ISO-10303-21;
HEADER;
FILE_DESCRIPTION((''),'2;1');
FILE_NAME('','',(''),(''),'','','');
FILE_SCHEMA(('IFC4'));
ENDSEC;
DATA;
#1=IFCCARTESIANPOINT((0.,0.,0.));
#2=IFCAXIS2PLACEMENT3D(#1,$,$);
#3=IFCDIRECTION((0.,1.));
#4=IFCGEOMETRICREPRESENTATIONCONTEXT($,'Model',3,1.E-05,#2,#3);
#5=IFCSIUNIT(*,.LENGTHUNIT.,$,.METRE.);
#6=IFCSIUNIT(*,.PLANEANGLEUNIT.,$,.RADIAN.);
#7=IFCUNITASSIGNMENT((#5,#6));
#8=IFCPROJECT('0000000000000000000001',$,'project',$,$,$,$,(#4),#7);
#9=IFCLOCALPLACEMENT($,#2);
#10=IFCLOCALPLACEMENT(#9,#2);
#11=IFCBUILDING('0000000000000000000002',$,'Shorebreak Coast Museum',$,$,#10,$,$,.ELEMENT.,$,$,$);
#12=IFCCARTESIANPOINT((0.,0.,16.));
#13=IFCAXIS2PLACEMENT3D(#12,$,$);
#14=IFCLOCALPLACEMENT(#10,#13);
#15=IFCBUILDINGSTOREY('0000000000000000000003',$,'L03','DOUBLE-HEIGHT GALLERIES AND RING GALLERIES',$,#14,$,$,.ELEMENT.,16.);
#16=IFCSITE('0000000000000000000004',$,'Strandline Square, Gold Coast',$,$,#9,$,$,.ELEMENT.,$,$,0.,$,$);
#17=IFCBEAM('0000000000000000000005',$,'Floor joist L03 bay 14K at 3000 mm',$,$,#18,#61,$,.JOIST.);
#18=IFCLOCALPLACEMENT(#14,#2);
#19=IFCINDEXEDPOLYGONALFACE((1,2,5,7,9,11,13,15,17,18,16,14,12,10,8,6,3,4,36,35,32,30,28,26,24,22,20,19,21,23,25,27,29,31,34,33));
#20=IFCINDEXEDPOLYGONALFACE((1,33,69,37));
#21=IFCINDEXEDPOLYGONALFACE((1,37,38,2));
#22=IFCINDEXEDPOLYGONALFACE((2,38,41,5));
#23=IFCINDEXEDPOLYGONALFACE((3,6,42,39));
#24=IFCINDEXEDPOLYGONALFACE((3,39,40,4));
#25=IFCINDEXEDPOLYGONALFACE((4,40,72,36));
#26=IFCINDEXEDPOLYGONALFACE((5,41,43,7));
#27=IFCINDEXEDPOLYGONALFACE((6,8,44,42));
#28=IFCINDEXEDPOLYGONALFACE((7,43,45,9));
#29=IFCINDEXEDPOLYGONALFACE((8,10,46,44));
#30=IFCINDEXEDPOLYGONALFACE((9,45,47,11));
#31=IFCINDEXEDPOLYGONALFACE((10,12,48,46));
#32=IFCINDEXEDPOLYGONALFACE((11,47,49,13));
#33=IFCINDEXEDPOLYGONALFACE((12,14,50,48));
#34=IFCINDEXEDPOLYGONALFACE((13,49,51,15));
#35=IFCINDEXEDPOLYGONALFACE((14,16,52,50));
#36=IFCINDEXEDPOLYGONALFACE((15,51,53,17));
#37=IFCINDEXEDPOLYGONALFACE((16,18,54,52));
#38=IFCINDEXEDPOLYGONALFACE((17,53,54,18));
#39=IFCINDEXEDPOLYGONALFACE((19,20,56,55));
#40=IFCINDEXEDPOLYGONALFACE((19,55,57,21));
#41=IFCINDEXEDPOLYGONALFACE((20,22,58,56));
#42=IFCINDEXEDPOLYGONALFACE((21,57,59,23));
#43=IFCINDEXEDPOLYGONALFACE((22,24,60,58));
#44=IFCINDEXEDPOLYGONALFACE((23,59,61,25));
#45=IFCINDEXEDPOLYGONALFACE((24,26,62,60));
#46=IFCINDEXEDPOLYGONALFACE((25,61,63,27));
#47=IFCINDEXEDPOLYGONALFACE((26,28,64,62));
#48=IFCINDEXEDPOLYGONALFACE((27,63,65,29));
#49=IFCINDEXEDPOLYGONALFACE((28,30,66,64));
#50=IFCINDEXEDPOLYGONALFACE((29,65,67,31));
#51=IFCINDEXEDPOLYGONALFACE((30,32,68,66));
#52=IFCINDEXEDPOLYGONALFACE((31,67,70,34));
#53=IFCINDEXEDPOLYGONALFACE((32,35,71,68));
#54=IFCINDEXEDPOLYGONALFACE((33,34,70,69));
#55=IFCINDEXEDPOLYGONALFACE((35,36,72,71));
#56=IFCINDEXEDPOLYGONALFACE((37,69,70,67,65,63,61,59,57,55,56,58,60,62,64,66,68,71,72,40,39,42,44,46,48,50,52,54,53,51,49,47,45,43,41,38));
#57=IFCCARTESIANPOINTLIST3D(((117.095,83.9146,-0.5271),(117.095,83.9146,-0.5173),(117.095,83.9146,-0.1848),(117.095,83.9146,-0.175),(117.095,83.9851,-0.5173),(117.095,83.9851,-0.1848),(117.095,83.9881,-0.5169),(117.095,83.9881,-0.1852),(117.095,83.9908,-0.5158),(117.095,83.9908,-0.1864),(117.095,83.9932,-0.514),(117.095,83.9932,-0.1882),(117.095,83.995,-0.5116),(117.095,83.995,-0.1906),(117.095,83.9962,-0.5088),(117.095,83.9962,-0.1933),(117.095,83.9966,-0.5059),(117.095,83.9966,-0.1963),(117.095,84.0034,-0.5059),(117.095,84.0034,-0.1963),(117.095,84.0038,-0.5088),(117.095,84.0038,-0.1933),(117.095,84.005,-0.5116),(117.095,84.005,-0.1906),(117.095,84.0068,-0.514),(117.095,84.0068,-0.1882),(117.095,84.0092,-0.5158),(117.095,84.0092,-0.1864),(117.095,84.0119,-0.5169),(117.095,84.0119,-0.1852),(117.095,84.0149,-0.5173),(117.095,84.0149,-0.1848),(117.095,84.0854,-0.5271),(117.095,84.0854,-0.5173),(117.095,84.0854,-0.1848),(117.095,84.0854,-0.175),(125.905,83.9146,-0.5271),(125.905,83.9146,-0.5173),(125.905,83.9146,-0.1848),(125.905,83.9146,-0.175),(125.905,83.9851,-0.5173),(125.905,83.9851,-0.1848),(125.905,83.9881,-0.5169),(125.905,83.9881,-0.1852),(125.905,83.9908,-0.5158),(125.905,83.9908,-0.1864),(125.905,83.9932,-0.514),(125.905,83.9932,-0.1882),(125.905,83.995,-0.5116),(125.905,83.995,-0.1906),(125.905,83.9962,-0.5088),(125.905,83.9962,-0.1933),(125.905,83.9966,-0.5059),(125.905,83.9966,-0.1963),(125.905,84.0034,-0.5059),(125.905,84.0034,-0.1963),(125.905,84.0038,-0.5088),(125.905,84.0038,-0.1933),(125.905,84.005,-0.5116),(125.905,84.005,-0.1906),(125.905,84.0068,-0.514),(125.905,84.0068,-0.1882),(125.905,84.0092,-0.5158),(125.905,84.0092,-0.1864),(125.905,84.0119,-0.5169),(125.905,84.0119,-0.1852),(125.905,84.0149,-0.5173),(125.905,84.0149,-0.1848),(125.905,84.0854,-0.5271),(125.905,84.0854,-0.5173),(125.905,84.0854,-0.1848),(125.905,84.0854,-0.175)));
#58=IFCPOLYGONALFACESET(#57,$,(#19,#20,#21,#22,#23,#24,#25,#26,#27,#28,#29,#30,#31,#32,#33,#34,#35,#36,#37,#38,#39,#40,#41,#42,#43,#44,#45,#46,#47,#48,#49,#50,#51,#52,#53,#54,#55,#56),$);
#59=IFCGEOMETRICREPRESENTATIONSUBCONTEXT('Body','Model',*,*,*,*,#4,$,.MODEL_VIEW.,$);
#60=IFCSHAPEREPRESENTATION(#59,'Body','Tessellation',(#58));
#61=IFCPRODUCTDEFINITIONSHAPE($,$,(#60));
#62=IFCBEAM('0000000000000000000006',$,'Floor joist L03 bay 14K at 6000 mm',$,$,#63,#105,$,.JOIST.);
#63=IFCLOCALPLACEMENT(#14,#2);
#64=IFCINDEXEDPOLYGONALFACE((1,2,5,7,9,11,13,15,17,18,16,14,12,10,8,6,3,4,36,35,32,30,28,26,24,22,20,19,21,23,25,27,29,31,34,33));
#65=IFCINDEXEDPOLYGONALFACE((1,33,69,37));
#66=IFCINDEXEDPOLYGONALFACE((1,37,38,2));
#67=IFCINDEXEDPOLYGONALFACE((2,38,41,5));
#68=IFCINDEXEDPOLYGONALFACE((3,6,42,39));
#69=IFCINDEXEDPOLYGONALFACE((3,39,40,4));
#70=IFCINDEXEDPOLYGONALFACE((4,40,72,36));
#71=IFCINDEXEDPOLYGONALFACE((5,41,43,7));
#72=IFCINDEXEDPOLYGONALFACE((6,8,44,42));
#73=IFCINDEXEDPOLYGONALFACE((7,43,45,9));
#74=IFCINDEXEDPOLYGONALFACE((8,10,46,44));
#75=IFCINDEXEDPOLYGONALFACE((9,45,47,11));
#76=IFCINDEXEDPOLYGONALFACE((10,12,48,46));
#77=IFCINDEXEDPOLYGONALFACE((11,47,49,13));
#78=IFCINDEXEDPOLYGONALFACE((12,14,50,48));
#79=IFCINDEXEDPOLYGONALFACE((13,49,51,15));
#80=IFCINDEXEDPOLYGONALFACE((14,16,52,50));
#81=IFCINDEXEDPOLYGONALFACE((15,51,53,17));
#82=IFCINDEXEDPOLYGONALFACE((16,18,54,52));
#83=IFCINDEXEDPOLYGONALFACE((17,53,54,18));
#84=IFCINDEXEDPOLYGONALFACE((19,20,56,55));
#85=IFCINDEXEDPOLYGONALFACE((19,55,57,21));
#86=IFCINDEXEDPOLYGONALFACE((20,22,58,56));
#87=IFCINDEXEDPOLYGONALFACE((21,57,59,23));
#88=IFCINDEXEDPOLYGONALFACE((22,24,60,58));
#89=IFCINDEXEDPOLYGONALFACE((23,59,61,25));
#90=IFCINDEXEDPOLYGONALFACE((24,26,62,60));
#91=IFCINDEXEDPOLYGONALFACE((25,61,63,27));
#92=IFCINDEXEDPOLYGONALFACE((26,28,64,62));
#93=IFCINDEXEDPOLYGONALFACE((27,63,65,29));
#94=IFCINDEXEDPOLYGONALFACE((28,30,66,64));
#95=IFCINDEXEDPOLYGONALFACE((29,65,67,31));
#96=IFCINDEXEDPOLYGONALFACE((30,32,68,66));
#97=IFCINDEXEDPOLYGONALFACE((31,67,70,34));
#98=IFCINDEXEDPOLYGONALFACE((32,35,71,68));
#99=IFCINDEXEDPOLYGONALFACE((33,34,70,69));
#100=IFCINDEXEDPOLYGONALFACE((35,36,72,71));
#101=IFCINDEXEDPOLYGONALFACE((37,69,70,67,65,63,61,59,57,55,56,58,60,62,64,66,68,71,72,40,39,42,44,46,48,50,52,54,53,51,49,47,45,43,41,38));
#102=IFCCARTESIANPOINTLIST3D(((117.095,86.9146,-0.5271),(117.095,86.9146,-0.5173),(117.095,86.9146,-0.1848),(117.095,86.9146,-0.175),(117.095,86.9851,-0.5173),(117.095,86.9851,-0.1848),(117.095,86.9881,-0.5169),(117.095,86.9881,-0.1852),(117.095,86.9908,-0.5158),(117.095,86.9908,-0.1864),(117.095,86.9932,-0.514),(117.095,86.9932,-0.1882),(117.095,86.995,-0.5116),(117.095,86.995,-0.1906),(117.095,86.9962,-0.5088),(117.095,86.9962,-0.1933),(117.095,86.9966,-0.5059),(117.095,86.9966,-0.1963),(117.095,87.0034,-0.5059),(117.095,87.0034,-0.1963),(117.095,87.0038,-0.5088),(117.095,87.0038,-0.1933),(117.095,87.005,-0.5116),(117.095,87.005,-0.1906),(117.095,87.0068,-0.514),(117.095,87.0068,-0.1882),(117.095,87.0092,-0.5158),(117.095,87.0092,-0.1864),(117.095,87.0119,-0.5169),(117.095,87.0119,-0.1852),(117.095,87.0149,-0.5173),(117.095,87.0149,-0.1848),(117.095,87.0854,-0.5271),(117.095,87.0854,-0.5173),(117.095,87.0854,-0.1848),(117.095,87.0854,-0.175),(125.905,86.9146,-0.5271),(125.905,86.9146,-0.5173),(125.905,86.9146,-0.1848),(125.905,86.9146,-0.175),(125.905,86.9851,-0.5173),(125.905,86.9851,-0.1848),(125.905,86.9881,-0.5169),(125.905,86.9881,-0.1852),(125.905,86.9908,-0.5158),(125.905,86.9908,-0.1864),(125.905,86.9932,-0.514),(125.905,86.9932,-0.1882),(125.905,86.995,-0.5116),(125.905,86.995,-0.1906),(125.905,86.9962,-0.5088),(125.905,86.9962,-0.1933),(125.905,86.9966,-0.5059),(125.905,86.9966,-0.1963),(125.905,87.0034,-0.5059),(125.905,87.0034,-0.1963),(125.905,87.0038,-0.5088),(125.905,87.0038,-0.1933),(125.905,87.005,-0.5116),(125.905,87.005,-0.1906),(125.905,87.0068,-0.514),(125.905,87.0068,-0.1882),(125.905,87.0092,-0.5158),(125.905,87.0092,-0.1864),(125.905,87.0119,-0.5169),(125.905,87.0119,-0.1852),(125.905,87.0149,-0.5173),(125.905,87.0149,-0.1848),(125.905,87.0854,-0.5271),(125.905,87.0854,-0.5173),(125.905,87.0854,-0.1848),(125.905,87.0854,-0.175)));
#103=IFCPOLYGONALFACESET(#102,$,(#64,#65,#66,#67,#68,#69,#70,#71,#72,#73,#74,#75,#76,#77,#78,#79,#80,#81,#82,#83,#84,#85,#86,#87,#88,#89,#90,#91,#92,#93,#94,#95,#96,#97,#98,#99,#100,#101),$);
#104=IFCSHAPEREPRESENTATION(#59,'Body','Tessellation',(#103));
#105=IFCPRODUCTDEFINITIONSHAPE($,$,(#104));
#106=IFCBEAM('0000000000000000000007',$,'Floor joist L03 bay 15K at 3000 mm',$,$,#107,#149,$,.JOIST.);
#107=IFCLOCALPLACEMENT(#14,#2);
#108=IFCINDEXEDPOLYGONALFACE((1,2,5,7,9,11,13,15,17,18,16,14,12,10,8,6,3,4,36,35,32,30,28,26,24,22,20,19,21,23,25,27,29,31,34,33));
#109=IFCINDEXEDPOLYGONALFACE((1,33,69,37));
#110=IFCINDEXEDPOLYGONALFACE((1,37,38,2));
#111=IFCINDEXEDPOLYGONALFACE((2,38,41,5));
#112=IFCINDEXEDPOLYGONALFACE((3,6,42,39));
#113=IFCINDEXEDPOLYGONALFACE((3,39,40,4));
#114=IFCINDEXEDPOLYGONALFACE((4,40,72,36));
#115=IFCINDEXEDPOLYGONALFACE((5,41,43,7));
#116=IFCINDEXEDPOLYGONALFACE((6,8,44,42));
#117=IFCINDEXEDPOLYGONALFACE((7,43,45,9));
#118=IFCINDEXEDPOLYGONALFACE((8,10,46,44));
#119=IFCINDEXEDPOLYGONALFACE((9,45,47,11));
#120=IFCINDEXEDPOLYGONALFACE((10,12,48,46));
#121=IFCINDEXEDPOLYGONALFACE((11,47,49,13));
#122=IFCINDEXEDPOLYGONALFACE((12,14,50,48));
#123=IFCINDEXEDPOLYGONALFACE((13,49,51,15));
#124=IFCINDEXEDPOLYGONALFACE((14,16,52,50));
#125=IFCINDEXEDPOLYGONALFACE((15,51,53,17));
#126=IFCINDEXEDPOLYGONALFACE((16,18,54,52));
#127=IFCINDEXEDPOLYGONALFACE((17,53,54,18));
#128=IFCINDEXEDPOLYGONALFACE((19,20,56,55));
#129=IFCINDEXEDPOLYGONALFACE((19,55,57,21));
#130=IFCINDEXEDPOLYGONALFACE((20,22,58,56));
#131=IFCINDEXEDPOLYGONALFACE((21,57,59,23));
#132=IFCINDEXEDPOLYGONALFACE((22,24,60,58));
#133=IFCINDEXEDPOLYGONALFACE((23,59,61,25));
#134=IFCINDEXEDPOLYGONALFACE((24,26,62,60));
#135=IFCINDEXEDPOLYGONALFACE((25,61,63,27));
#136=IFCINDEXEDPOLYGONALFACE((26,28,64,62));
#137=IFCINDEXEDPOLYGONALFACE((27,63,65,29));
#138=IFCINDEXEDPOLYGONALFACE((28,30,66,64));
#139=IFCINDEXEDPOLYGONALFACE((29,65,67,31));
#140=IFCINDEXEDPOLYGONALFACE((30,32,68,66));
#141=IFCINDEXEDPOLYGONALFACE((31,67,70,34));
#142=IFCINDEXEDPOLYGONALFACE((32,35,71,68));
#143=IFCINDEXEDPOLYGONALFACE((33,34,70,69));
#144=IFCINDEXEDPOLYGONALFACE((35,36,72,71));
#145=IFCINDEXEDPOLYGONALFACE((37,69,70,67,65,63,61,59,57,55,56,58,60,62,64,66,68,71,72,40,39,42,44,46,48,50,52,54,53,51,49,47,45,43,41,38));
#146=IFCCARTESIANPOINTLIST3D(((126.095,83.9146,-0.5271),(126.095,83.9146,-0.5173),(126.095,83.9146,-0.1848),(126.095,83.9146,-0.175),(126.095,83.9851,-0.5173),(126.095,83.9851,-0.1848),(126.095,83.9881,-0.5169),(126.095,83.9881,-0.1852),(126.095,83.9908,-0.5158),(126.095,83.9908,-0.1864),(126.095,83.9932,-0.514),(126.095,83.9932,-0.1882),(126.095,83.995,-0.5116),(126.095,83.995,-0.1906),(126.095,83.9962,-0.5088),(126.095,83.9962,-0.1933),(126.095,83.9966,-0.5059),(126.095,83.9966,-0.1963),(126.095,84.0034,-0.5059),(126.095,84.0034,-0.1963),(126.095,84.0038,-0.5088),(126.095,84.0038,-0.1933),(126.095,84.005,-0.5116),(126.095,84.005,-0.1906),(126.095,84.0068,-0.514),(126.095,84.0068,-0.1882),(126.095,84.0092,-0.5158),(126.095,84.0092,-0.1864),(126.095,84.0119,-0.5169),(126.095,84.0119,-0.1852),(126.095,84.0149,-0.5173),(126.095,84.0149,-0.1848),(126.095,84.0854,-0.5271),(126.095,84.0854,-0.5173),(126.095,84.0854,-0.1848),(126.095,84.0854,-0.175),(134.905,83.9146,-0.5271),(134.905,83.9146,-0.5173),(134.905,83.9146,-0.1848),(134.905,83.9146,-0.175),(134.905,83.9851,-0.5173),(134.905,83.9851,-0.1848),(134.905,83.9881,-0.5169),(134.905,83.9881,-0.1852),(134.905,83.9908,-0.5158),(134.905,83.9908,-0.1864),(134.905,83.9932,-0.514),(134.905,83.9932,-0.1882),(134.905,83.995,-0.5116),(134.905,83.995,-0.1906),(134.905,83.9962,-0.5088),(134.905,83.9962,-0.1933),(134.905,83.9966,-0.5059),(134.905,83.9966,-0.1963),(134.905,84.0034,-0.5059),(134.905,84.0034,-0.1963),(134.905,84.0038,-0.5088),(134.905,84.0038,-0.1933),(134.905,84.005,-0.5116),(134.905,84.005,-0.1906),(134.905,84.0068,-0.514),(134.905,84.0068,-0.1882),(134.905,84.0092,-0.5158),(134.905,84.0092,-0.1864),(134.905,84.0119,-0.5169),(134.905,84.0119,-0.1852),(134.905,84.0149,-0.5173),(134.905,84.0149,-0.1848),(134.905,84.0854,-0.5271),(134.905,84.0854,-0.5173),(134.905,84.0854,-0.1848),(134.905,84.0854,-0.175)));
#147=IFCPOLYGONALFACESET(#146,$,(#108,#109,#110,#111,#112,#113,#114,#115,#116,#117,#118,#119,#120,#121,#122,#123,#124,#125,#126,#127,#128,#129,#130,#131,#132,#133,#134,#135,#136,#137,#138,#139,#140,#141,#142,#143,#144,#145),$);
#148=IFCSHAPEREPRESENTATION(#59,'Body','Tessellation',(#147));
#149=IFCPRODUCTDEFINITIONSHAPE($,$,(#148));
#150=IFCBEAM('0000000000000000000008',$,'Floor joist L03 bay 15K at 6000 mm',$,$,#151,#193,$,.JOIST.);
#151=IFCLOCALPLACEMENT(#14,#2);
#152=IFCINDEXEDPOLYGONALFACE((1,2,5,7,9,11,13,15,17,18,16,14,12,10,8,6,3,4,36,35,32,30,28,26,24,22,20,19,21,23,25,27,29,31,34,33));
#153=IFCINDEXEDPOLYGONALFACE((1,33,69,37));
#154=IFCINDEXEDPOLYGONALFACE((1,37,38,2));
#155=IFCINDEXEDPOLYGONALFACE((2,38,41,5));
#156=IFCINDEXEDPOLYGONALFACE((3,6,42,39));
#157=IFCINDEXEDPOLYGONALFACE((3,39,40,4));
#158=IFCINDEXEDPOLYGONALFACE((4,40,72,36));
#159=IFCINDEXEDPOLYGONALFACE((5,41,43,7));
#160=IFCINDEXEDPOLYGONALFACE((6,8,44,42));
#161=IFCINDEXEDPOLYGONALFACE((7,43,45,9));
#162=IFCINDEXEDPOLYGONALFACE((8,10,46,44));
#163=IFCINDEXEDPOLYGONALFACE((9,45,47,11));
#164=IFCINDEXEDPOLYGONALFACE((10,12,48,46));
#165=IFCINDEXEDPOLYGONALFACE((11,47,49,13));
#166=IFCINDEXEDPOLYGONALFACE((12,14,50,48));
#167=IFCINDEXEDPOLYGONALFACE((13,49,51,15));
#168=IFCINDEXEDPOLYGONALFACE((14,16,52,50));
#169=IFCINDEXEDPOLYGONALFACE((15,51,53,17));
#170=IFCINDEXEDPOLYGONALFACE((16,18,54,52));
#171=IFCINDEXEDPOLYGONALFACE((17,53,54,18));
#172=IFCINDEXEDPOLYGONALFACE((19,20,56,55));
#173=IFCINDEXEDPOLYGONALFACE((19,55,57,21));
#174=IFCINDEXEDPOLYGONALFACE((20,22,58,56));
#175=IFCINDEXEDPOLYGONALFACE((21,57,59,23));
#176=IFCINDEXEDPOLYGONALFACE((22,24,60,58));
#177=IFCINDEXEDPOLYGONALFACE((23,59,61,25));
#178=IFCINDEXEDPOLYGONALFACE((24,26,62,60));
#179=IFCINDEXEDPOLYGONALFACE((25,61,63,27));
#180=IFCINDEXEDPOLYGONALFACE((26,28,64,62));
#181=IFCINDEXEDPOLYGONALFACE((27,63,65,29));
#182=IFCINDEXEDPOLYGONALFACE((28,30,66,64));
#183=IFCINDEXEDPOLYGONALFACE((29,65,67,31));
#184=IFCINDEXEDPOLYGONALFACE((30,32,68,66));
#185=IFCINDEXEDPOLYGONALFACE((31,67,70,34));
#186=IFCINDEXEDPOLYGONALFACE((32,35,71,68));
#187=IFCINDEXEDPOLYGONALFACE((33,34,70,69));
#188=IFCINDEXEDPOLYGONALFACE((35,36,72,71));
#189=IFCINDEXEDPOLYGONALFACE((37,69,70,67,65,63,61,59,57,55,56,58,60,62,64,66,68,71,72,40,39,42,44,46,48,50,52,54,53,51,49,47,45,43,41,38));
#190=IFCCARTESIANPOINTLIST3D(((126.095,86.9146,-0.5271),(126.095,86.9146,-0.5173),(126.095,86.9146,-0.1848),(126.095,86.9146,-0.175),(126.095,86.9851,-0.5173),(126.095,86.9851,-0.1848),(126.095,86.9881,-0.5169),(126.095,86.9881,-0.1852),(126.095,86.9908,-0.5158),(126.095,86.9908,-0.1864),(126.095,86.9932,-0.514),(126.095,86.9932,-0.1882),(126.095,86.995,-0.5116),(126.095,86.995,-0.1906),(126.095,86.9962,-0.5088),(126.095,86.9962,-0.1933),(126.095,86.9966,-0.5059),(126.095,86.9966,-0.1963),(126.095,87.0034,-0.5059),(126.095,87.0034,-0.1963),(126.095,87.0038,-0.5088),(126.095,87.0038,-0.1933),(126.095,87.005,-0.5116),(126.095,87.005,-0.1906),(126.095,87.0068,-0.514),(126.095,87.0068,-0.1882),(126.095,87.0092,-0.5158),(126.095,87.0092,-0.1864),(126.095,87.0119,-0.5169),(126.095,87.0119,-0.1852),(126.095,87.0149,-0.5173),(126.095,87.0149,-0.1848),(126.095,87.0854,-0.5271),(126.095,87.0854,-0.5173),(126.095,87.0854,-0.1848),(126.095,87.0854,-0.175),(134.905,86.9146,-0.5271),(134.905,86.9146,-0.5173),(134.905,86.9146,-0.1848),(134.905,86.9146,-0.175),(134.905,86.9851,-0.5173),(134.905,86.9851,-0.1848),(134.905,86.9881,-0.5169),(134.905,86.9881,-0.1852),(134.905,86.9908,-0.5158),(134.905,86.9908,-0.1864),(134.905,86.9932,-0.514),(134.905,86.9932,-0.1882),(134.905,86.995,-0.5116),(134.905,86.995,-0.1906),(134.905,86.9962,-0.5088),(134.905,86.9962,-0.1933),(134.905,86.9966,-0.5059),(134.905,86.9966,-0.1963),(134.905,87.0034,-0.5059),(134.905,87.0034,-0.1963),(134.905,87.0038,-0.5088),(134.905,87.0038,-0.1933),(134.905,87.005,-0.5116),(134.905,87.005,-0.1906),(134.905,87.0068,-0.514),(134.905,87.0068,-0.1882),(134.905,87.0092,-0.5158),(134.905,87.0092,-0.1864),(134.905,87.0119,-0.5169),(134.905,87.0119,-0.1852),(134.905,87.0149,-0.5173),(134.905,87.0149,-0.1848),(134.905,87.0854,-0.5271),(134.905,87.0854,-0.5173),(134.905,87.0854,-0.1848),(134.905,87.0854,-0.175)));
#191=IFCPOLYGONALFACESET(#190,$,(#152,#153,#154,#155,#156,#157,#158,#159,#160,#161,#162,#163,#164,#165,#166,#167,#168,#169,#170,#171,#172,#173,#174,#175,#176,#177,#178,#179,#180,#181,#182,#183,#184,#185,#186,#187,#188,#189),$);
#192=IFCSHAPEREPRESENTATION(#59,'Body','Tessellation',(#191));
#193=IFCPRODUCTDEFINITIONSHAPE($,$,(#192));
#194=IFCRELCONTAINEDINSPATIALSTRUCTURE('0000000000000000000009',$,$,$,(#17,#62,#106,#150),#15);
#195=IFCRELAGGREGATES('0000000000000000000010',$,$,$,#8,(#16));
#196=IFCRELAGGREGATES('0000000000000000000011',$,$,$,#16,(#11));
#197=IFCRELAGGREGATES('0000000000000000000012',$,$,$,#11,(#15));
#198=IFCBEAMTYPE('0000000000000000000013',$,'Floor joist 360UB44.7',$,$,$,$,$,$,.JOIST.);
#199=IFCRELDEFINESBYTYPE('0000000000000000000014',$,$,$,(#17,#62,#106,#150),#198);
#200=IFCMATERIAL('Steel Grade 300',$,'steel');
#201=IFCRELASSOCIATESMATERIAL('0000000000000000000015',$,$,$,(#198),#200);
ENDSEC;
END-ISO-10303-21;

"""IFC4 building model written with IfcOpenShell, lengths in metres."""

from ifc_helpers import new_model, si_unit, direction, frame, origin, origin_2d, place, context, subcontext, project, spatial, i_section, extrude, material, material_profile, profile_set, type_object, element, save


model = new_model("IFC4")

# Units and contexts
model_context = context("Model", 3, precision=1e-05, world=origin(), true_north=direction((0.0, 1.0)))
body_context = subcontext(model_context, "Body", "Model", "MODEL_VIEW")
ifc_project = project(units=[si_unit("LENGTHUNIT", "METRE"), si_unit("PLANEANGLEUNIT", "RADIAN")], contexts=[model_context])

# Site, building, storey
site_placement = place(None, origin())
site = spatial("IfcSite", under=ifc_project, at=site_placement, Name="Strandline Square, Gold Coast", CompositionType="ELEMENT", RefElevation=0.0)
building_placement = place(site_placement, origin())
building = spatial("IfcBuilding", under=site, at=building_placement, Name="Shorebreak Coast Museum", CompositionType="ELEMENT")
storey_placement = place(building_placement, frame((0.0, 0.0, 16.0)))
storey = spatial("IfcBuildingStorey", under=building, at=storey_placement, Name="L03", Description="DOUBLE-HEIGHT GALLERIES AND RING GALLERIES", CompositionType="ELEMENT", Elevation=16.0)

# Beams
ifc_material_1 = material(Name="Steel Grade 300", Category="steel")
ifc_material_profile_1 = material_profile(ifc_material_1, i_section(OverallWidth=0.1709, OverallDepth=0.3521, WebThickness=0.0068, FlangeThickness=0.0098, FilletRadius=0.0115, at=origin_2d()), Name="360UB44.7")
ifc_profile_set_1 = profile_set([ifc_material_profile_1], Name="Steel Grade 300")
beam_type_1 = type_object("IfcBeamType", Name="Floor joist 360UB44.7", PredefinedType="JOIST", material=ifc_profile_set_1)
for number, where, z_axis, x_axis, name in (
    (1, (117.095, 84.0, -0.3511), (1.0, 0.0, 0.0), (0.0, 1.0, 0.0), "Floor joist L03 bay 14K at 3000 mm"),
    (2, (117.095, 87.0, -0.3511), (1.0, 0.0, 0.0), (0.0, 1.0, 0.0), "Floor joist L03 bay 14K at 6000 mm"),
    (3, (126.095, 84.0, -0.3511), (1.0, 0.0, 0.0), (0.0, 1.0, 0.0), "Floor joist L03 bay 15K at 3000 mm"),
    (4, (126.095, 87.0, -0.3511), (1.0, 0.0, 0.0), (0.0, 1.0, 0.0), "Floor joist L03 bay 15K at 6000 mm"),
):
    element("IfcBeam", number, at=place(storey_placement, frame(where, z_axis=z_axis, x_axis=x_axis)), inside=storey, type_object=beam_type_1, Name=name, PredefinedType="JOIST", context=body_context, shape_type="SweptSolid", body=[
        extrude(i_section(OverallWidth=0.1709, OverallDepth=0.3521, WebThickness=0.0068, FlangeThickness=0.0098, FilletRadius=0.0115, at=origin_2d()), origin(), (0.0, 0.0, 1.0), 8.8101),
    ])

save(model, "model.ifc")
